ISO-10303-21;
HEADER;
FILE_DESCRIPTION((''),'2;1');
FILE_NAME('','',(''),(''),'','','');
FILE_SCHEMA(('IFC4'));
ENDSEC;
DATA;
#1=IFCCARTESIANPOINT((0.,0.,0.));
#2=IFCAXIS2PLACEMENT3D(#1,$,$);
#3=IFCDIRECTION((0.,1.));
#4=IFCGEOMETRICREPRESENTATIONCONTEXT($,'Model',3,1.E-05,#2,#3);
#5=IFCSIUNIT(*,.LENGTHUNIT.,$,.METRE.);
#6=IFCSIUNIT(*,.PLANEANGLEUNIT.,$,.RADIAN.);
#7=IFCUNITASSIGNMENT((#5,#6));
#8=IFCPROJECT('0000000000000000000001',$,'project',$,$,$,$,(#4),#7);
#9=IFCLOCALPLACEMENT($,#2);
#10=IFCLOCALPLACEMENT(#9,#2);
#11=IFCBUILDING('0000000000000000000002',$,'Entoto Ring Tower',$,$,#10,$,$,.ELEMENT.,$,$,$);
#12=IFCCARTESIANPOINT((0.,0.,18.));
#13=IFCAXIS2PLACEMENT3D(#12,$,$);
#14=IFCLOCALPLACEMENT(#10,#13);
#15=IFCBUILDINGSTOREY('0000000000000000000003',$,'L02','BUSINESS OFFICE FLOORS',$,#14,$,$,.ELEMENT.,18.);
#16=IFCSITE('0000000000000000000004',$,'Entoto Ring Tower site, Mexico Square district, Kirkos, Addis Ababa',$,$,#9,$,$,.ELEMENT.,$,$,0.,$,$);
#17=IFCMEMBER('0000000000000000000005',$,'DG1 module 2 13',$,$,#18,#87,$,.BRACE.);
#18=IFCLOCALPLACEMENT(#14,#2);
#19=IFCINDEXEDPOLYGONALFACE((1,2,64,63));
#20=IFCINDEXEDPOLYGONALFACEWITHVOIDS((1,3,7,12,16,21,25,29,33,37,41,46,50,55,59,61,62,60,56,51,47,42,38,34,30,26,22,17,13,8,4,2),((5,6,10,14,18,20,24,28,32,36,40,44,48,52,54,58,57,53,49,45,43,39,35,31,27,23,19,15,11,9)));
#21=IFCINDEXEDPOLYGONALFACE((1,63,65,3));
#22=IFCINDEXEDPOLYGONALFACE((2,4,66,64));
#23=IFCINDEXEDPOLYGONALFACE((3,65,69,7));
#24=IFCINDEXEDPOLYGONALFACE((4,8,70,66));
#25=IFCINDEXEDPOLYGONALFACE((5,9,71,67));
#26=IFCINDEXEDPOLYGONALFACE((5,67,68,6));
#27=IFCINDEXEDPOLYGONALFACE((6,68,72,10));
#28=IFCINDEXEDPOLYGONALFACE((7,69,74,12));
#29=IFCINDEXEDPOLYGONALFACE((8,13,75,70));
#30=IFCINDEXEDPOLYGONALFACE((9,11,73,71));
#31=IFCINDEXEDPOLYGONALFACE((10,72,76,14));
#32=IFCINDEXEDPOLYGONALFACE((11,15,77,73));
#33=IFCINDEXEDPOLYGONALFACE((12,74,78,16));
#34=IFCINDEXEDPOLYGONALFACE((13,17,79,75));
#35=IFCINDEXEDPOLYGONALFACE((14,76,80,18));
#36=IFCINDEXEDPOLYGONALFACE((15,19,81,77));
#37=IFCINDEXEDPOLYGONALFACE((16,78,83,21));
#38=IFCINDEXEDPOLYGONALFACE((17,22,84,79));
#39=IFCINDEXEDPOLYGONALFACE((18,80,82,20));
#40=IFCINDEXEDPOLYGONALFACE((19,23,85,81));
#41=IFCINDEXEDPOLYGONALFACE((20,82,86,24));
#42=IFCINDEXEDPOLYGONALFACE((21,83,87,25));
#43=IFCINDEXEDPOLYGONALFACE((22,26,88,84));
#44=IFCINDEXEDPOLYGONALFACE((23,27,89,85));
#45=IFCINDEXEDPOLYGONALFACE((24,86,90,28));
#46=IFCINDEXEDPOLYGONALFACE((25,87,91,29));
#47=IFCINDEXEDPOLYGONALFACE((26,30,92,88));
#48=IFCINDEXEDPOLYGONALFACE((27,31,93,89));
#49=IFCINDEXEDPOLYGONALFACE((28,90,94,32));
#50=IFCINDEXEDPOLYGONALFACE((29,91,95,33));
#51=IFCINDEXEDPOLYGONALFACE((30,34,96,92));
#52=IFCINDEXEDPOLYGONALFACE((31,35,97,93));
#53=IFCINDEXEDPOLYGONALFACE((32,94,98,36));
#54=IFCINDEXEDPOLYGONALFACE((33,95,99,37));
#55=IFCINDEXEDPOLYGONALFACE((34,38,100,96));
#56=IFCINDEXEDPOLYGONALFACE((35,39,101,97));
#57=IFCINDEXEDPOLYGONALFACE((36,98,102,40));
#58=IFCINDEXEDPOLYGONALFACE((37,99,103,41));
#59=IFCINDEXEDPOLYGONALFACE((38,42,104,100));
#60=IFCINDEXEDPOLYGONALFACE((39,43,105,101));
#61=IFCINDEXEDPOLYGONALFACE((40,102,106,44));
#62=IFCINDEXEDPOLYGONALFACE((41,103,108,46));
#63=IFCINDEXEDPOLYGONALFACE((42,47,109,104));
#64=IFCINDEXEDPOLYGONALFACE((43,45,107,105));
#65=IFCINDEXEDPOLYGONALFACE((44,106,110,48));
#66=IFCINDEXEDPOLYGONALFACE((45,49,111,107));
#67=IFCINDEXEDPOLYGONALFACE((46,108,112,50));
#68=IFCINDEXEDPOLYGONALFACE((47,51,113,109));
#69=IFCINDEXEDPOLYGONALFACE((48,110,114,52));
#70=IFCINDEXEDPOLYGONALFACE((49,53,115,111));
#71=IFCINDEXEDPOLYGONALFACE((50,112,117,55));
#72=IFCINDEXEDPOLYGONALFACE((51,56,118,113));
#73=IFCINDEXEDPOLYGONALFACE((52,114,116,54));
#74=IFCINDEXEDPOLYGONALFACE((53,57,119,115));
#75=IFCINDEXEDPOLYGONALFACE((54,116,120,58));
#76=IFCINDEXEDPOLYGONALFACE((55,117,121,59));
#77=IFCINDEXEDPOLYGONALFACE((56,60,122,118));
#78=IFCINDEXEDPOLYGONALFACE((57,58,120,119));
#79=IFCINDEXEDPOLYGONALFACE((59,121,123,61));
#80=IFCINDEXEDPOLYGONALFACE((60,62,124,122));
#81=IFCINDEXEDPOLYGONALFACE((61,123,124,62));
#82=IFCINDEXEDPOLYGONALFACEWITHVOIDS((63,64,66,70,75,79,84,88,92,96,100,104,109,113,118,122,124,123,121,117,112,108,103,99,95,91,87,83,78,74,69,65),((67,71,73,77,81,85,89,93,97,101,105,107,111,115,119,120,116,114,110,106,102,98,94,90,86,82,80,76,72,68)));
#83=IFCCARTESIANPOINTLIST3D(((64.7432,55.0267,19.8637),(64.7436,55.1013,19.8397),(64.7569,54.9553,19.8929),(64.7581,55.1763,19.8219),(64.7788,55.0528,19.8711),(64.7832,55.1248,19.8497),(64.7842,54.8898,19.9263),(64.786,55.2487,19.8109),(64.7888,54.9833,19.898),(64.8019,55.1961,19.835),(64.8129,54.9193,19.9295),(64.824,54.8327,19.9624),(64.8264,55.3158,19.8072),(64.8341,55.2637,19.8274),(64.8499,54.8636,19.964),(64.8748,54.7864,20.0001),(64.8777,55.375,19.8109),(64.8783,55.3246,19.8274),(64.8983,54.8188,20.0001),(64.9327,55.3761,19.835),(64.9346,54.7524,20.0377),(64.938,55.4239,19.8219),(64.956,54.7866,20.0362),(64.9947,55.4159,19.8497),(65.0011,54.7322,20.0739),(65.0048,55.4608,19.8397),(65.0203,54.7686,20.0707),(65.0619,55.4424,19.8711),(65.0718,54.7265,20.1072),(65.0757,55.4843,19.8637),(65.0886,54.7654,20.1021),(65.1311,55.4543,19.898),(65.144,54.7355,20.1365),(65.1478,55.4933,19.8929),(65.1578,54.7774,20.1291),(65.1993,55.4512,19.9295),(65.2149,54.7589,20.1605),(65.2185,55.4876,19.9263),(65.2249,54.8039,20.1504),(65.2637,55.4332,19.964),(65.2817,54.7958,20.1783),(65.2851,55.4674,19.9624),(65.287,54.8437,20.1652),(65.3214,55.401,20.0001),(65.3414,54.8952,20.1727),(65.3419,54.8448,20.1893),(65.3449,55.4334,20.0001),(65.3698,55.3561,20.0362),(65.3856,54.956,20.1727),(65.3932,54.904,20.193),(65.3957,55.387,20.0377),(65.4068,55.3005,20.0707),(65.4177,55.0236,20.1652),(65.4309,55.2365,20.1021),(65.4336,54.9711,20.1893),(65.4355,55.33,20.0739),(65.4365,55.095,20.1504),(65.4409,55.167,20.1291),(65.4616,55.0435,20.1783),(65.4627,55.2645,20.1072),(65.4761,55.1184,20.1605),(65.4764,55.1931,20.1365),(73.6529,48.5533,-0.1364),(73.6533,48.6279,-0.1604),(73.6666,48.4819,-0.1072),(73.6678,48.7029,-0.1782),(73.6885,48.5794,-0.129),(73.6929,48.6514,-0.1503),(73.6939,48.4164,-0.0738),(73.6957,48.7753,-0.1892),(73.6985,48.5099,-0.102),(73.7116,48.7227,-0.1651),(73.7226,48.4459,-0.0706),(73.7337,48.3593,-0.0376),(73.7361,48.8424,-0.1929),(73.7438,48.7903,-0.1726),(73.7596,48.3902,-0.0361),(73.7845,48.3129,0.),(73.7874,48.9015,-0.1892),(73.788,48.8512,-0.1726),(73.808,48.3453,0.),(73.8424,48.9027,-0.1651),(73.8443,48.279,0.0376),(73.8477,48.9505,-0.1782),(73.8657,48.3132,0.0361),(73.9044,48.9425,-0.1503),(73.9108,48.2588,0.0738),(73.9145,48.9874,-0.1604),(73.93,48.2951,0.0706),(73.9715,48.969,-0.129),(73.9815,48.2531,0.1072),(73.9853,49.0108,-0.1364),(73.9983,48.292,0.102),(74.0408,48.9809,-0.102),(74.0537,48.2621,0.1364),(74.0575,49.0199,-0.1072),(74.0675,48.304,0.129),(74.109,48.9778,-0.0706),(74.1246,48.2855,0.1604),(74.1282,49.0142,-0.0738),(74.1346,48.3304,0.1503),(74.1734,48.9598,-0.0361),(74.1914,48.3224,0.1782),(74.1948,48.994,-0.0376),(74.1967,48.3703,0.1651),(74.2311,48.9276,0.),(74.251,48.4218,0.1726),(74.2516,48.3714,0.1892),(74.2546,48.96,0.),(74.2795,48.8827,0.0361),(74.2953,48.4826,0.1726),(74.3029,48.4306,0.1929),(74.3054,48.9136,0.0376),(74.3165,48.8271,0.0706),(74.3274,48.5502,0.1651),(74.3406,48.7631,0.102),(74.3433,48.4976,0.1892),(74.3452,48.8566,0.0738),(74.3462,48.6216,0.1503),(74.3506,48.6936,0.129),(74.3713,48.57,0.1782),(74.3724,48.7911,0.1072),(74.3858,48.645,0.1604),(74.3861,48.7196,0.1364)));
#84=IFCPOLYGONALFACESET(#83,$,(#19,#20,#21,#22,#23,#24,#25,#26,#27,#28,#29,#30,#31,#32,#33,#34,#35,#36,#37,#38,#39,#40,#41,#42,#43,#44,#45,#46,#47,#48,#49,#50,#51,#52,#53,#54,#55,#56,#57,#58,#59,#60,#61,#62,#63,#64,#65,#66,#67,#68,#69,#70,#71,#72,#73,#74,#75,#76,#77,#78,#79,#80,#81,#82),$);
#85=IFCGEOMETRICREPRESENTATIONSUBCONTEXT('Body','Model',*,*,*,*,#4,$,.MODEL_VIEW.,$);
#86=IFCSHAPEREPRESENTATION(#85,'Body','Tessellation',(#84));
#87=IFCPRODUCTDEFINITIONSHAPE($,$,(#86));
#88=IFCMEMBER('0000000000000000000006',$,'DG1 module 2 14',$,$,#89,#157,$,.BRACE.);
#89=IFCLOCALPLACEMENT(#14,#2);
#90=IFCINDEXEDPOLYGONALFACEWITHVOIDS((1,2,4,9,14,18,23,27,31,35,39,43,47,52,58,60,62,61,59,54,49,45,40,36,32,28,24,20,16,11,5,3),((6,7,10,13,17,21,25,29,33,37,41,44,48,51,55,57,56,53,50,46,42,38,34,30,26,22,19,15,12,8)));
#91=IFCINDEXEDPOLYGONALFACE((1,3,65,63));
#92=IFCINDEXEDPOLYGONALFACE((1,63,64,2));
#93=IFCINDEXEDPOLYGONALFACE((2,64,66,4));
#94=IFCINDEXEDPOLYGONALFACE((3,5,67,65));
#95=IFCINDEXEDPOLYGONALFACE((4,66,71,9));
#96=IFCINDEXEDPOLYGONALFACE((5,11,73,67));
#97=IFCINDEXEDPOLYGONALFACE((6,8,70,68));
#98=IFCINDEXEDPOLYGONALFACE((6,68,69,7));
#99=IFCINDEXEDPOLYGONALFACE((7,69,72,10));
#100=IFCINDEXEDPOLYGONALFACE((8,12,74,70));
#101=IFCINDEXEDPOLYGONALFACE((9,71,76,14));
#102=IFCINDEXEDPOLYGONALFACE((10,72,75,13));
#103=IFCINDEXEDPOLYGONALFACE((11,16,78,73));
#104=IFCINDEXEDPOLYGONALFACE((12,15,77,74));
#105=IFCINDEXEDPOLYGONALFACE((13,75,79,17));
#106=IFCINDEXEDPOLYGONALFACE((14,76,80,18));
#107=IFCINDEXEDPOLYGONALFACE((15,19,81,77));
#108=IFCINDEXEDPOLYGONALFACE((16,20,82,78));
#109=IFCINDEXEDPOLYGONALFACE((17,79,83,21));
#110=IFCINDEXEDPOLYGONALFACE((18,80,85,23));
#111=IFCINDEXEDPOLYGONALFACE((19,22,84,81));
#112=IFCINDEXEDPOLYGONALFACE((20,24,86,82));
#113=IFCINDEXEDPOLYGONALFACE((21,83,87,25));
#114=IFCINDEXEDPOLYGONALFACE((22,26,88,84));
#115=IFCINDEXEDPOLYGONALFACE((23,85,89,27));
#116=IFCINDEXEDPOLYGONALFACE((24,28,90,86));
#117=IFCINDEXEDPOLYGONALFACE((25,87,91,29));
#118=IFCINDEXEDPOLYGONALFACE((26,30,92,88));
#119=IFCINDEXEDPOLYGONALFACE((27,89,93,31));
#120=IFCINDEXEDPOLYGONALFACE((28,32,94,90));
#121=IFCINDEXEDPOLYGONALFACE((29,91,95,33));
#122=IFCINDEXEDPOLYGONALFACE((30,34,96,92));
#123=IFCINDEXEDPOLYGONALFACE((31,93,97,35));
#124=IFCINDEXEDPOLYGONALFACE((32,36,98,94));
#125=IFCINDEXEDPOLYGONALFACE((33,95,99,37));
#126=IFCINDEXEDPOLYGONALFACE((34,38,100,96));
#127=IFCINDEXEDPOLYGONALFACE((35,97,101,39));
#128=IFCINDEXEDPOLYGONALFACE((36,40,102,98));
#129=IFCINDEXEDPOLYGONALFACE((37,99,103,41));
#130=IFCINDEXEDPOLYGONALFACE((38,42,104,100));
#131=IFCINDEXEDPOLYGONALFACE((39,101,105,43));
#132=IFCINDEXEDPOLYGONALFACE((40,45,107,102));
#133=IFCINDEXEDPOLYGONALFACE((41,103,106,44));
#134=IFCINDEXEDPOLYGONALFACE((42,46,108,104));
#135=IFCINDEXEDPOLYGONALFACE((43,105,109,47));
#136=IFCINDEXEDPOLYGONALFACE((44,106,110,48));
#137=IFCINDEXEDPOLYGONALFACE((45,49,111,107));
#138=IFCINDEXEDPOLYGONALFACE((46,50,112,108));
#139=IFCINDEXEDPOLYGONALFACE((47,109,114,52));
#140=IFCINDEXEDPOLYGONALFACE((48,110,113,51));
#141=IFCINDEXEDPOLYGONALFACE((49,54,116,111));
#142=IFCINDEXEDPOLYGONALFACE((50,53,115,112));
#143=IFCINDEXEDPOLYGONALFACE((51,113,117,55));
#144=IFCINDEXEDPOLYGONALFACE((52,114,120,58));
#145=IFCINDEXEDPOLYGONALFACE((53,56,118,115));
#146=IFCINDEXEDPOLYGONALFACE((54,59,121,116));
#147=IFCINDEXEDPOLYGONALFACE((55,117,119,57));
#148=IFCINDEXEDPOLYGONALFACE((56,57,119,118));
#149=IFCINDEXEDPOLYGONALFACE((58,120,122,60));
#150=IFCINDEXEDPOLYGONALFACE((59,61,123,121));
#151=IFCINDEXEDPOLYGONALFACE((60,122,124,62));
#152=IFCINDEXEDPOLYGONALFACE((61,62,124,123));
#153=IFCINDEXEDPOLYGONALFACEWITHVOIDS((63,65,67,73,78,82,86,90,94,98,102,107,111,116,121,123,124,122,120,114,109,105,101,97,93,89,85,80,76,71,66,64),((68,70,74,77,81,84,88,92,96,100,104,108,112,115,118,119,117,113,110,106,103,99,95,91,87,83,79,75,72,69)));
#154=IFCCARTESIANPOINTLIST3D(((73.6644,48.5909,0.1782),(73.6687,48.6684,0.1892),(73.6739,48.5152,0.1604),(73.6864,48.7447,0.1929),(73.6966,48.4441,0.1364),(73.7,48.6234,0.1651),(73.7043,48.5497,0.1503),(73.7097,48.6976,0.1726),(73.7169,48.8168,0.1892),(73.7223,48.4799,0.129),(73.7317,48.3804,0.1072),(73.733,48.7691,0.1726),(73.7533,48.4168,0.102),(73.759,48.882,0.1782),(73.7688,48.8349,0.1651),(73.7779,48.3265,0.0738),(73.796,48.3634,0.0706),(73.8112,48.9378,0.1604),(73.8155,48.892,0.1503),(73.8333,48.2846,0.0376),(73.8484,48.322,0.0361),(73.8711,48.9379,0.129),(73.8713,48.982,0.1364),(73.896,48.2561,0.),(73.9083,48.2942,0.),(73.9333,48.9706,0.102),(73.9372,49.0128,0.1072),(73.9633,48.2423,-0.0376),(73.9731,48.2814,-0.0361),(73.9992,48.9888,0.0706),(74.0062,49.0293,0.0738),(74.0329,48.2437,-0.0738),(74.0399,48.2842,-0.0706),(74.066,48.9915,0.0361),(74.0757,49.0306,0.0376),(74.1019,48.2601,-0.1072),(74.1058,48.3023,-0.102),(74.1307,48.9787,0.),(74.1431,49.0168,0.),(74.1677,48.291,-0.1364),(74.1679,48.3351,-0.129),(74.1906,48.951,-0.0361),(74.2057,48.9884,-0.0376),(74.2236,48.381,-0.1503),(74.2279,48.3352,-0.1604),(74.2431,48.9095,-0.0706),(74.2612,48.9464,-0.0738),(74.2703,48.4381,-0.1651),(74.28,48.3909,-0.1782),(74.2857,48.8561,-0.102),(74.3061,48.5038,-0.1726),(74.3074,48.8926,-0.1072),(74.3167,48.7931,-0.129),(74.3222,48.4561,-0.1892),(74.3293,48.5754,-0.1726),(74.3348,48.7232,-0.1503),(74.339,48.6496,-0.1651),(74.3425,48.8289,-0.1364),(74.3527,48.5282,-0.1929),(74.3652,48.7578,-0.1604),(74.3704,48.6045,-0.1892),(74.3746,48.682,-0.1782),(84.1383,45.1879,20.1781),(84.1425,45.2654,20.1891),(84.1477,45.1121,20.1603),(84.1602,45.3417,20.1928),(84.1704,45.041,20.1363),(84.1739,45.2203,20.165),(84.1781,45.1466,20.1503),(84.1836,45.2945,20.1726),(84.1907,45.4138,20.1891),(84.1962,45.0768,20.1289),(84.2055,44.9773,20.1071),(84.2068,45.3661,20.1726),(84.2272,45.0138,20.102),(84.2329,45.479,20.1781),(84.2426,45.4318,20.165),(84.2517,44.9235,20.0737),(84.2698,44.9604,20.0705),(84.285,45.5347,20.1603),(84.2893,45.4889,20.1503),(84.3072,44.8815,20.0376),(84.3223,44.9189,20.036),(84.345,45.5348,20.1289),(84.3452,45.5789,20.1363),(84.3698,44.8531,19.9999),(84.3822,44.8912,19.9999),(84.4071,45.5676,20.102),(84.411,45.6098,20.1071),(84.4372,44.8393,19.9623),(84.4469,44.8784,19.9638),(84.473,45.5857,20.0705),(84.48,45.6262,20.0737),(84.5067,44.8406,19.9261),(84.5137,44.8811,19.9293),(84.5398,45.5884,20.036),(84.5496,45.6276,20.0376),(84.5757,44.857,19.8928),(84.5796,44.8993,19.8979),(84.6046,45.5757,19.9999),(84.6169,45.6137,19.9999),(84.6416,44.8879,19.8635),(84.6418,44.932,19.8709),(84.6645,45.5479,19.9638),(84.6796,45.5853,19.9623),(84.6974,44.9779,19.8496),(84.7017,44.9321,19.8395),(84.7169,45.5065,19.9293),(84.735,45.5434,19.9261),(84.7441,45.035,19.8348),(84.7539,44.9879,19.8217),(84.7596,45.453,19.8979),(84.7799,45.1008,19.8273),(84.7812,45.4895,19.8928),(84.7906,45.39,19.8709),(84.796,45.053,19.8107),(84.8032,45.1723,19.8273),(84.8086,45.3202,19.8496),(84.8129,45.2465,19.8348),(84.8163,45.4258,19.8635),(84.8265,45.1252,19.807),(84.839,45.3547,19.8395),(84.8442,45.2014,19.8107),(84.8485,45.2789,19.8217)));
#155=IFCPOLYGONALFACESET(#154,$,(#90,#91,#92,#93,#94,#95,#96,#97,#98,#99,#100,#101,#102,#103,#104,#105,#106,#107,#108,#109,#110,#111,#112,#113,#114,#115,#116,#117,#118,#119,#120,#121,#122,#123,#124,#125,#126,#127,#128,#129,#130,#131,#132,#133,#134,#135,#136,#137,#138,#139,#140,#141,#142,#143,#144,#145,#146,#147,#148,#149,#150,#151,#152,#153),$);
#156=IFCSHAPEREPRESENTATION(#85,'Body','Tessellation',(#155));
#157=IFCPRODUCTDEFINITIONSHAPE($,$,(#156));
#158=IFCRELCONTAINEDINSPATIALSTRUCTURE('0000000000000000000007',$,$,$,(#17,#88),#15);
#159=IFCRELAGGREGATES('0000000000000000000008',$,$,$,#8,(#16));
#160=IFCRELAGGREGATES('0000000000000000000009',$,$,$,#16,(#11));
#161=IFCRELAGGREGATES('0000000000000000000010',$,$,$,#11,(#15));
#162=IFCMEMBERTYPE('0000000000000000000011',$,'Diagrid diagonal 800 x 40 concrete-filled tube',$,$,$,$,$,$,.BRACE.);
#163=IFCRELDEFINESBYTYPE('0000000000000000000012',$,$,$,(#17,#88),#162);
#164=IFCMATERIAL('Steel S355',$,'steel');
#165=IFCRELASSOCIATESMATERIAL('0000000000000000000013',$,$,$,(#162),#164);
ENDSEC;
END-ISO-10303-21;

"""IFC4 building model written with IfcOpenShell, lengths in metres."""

from ifc_helpers import new_model, si_unit, direction, frame, origin, origin_2d, place, context, subcontext, project, spatial, circle, hollow_circle, extrude, material, material_profile, profile_set, type_object, element, save


model = new_model("IFC4")

# Units and contexts
model_context = context("Model", 3, precision=1e-05, world=origin(), true_north=direction((0.0, 1.0)))
body_context = subcontext(model_context, "Body", "Model", "MODEL_VIEW")
ifc_project = project(units=[si_unit("LENGTHUNIT", "METRE"), si_unit("PLANEANGLEUNIT", "RADIAN")], contexts=[model_context])

# Site, building, storey
site_placement = place(None, origin())
site = spatial("IfcSite", under=ifc_project, at=site_placement, Name="Entoto Ring Tower site, Mexico Square district, Kirkos, Addis Ababa", CompositionType="ELEMENT", RefElevation=0.0)
building_placement = place(site_placement, origin())
building = spatial("IfcBuilding", under=site, at=building_placement, Name="Entoto Ring Tower", CompositionType="ELEMENT")
storey_placement = place(building_placement, frame((0.0, 0.0, 18.0)))
storey = spatial("IfcBuildingStorey", under=building, at=storey_placement, Name="L02", Description="BUSINESS OFFICE FLOORS", CompositionType="ELEMENT", Elevation=18.0)

# Members
ifc_material_1 = material(Name="Steel S355", Category="steel")
ifc_material_profile_1 = material_profile(ifc_material_1, hollow_circle(Radius=0.3999, WallThickness=0.04, at=origin_2d()), Name="CHS 800 x 40")
ifc_material_2 = material(Name="Concrete C60/75", Category="concrete")
ifc_material_profile_2 = material_profile(ifc_material_2, circle(Radius=0.3601, at=origin_2d()), Name="Concrete C60/75 infill")
ifc_profile_set_1 = profile_set([ifc_material_profile_1, ifc_material_profile_2], Name="Steel S355")
member_type_1 = type_object("IfcMemberType", Name="Diagrid diagonal 800 x 40 concrete-filled tube", PredefinedType="BRACE", material=ifc_profile_set_1)
member_1_placement = place(storey_placement, frame((74.0195, 48.6365, 0.0), z_axis=(-0.390232, 0.283526, 0.875975), x_axis=(-0.587793, -0.809011, 0.0)))
element("IfcMember", 1, at=member_1_placement, inside=storey, type_object=member_type_1, Name="DG1 module 2 13", PredefinedType="BRACE", context=body_context, shape_type="SweptSolid", body=[
    extrude(hollow_circle(Radius=0.3999, WallThickness=0.04, at=origin_2d()), origin(), (0.0, 0.0, 1.0), 22.8318),
])
member_2_placement = place(storey_placement, frame((74.0195, 48.6365, 0.0), z_axis=(0.458744, -0.149051, 0.875978), x_axis=(0.309009, 0.951059, 0.0)))
element("IfcMember", 2, at=member_2_placement, inside=storey, type_object=member_type_1, Name="DG1 module 2 14", PredefinedType="BRACE", context=body_context, shape_type="SweptSolid", body=[
    extrude(hollow_circle(Radius=0.3999, WallThickness=0.04, at=origin_2d()), origin(), (0.0, 0.0, 1.0), 22.8315),
])

save(model, "model.ifc")
